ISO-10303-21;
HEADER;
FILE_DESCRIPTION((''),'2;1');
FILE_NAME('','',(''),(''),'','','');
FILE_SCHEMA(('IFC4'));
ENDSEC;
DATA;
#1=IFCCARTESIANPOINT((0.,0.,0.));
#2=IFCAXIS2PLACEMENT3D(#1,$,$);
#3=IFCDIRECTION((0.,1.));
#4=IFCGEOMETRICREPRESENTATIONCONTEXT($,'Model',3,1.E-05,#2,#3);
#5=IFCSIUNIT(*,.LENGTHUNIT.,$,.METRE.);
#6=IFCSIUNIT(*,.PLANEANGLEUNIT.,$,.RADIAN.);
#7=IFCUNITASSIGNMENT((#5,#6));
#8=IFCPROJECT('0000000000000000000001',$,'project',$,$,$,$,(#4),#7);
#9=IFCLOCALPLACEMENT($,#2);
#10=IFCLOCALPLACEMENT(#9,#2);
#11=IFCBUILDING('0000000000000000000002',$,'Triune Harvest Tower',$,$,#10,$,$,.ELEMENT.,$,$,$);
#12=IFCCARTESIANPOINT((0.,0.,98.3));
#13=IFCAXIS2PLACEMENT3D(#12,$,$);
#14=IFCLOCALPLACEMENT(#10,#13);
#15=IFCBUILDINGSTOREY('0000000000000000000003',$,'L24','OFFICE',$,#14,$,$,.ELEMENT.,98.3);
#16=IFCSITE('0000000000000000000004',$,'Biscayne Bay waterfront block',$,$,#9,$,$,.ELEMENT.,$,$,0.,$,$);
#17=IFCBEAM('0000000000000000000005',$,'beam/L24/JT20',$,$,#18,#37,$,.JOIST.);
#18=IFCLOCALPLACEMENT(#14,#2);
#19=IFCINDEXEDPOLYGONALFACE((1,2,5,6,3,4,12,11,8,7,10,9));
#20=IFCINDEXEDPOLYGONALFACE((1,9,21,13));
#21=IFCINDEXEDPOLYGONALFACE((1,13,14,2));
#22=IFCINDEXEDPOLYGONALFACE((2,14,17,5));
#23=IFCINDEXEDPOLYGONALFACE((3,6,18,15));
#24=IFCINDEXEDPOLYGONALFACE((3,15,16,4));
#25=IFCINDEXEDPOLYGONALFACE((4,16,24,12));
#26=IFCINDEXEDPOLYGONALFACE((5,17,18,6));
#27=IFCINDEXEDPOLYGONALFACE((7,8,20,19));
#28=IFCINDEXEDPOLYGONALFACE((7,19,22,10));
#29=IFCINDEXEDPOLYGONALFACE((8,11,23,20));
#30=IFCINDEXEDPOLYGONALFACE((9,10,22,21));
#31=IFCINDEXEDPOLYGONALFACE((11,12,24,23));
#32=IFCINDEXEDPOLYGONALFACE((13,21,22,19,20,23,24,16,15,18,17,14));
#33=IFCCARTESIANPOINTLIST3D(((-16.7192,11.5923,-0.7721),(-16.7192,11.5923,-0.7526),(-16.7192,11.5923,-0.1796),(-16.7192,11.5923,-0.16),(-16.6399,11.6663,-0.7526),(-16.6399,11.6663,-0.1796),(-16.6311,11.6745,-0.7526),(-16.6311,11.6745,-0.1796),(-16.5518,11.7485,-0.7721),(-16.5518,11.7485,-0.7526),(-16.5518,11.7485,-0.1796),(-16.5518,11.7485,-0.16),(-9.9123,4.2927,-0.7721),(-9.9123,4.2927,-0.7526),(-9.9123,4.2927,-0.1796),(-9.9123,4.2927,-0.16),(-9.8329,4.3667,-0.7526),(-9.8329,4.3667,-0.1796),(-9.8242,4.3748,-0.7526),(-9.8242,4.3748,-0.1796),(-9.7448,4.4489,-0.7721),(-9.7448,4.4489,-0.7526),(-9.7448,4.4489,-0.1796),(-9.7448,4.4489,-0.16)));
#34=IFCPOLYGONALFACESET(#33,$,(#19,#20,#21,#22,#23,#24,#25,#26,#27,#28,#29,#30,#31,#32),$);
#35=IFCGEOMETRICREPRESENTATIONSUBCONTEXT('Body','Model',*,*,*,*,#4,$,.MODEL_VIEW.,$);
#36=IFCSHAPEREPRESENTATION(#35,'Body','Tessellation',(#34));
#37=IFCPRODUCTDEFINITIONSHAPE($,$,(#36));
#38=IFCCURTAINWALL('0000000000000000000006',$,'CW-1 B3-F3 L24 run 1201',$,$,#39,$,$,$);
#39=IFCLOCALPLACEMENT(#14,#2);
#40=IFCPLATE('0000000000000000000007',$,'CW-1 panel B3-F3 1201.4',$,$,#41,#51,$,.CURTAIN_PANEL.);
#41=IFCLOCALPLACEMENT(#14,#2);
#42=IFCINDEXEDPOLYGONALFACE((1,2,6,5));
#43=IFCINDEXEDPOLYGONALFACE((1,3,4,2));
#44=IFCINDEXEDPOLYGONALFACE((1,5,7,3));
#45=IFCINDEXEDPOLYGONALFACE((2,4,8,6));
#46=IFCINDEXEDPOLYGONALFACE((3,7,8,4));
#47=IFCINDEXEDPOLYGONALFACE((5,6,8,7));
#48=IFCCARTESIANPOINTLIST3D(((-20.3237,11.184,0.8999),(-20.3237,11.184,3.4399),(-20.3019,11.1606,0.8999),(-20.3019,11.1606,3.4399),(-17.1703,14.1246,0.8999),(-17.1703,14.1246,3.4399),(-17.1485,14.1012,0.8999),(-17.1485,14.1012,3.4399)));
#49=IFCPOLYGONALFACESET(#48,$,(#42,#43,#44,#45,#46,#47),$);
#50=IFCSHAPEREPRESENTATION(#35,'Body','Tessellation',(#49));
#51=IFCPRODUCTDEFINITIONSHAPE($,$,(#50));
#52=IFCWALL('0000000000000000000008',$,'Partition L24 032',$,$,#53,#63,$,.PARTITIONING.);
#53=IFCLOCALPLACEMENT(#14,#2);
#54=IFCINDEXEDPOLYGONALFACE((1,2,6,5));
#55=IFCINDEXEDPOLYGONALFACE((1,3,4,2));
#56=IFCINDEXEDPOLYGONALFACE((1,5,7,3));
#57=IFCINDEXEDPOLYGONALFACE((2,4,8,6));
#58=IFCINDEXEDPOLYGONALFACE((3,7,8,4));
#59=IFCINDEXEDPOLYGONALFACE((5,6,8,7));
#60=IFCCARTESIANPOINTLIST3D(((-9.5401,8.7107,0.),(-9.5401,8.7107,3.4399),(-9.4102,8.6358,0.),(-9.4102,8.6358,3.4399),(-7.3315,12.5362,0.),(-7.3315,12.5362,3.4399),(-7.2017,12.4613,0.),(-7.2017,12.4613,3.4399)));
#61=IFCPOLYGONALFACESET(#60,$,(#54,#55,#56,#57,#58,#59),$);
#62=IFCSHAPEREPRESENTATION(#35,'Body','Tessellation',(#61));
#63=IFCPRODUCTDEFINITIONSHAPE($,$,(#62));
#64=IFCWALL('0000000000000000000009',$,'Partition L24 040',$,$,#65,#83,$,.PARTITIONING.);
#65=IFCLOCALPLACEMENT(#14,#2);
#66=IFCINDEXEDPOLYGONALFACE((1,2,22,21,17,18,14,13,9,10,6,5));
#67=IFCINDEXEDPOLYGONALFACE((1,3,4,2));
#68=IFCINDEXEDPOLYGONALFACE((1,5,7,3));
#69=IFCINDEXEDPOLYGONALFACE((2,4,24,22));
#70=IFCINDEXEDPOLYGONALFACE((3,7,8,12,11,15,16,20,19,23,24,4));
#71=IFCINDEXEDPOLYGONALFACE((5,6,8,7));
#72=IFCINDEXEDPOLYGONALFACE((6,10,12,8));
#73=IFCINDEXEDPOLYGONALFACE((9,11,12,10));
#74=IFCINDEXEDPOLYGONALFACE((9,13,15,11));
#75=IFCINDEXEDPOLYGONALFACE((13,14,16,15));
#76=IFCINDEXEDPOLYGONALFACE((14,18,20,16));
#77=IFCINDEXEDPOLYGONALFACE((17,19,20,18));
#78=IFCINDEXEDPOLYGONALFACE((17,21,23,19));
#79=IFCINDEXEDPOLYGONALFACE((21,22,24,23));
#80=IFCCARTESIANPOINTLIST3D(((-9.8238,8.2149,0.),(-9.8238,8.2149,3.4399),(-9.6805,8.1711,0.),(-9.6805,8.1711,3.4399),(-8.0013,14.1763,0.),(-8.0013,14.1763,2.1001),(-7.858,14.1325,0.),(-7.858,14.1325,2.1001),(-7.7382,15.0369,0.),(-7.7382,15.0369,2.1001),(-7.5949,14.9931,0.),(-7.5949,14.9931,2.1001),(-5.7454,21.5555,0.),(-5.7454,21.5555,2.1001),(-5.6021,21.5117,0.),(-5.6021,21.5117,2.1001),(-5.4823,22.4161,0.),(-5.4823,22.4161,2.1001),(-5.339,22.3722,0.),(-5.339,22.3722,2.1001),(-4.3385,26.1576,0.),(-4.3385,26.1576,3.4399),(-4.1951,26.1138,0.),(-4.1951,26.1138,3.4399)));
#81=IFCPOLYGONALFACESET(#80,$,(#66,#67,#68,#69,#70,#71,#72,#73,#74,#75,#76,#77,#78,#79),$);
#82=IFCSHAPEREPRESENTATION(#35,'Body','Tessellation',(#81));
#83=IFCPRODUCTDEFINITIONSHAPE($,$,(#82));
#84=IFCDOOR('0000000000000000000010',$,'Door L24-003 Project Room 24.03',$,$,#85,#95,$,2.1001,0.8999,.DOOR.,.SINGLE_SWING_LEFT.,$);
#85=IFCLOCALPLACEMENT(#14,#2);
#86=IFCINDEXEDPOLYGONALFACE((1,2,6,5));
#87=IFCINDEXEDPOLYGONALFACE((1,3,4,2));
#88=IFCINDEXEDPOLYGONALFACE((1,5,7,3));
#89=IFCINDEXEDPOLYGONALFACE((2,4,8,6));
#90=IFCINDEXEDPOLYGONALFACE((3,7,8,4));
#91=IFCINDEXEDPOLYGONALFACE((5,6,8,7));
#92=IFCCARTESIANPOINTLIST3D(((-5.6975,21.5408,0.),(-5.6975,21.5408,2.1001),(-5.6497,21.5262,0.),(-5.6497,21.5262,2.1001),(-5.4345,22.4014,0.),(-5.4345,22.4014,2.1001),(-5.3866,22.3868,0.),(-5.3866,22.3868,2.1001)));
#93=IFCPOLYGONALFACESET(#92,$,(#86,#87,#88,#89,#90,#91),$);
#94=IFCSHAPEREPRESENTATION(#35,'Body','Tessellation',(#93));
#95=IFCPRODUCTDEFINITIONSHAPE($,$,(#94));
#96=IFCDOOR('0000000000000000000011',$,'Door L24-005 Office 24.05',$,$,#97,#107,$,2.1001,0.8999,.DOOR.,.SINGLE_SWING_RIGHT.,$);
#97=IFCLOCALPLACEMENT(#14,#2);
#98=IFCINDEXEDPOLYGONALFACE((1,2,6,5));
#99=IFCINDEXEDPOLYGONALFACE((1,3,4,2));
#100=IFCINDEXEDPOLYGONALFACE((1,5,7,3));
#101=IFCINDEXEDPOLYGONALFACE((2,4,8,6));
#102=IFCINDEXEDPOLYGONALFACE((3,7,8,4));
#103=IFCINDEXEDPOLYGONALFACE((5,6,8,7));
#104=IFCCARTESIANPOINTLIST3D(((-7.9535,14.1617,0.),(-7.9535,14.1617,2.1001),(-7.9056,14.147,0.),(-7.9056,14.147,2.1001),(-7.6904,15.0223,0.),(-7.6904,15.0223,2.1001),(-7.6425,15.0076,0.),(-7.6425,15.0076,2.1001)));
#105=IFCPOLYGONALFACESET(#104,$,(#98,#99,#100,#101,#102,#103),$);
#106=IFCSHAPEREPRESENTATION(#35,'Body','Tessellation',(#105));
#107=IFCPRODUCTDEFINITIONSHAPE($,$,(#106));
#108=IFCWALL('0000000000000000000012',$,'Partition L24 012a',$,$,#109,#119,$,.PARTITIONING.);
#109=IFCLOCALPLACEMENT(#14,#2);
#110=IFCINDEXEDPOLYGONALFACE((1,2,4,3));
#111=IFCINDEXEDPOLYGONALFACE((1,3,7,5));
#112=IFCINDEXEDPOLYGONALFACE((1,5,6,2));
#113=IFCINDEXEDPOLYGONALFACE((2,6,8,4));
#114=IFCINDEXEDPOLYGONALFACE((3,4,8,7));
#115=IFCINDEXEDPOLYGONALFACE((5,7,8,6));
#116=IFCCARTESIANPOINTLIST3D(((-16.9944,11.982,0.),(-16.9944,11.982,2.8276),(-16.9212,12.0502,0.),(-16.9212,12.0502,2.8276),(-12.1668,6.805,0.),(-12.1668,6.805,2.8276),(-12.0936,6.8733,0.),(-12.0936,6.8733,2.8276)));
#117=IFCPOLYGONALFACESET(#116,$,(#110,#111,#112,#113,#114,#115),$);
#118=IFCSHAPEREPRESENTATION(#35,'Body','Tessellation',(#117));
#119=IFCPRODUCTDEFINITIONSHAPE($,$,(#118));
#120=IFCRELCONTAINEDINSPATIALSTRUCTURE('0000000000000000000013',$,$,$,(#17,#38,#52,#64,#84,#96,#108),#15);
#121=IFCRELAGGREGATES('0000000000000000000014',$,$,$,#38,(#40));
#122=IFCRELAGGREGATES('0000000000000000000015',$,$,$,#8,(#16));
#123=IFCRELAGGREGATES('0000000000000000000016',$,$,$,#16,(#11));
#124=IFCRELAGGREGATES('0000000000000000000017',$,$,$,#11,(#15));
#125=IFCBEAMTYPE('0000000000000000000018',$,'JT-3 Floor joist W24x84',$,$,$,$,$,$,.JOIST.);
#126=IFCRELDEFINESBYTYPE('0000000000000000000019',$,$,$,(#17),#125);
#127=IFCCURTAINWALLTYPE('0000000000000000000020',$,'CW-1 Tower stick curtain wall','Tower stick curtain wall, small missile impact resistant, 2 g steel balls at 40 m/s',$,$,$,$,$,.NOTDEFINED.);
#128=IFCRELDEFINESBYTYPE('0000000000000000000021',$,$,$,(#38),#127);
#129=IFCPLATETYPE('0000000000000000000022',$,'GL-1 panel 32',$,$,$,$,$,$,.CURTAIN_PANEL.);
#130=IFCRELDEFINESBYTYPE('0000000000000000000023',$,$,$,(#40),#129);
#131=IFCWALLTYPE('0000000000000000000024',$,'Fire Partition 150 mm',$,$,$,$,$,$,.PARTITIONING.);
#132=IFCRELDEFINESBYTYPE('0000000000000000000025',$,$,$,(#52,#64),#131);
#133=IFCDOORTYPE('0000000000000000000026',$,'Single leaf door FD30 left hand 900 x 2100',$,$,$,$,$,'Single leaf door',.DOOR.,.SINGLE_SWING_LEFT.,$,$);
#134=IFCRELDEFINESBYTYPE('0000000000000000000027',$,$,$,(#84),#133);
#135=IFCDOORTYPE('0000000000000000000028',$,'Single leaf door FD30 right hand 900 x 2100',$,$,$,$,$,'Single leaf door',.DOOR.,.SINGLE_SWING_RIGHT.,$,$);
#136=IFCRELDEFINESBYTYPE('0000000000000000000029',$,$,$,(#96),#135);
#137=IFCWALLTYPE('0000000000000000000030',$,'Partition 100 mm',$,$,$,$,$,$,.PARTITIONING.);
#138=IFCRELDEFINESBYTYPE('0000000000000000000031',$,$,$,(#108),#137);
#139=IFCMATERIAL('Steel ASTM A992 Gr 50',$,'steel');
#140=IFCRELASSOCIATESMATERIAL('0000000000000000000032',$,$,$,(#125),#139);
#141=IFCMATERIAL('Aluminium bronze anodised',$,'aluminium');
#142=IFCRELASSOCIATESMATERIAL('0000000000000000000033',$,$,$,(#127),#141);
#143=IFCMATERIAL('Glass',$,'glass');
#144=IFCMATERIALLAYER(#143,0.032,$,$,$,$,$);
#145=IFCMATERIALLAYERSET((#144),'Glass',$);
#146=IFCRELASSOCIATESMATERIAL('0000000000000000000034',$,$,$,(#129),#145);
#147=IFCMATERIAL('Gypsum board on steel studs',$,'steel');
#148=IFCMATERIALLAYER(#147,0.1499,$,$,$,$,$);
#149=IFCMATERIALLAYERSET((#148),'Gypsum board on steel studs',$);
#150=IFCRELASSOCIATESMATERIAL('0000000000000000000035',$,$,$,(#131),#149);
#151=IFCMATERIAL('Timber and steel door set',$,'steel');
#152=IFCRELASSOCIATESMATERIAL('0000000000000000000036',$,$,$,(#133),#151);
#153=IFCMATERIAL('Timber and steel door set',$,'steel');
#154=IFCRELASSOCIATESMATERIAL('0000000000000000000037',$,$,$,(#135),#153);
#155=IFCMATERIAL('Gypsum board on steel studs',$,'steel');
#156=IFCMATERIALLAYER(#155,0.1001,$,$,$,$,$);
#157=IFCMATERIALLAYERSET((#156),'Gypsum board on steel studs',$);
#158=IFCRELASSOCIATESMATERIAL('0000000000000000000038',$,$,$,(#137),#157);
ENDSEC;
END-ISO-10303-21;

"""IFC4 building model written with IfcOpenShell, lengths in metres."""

from ifc_helpers import new_model, si_unit, direction, frame, frame_2d, origin, origin_2d, place, context, subcontext, project, spatial, rectangle, i_section, extrude, source, transform, mapped, material, layer, layer_set, material_profile, profile_set, type_object, element, fill, aggregate, save


model = new_model("IFC4")

# Units and contexts
model_context = context("Model", 3, precision=1e-05, world=origin(), true_north=direction((0.0, 1.0)))
body_context = subcontext(model_context, "Body", "Model", "MODEL_VIEW")
ifc_project = project(units=[si_unit("LENGTHUNIT", "METRE"), si_unit("PLANEANGLEUNIT", "RADIAN")], contexts=[model_context])

# Site, building, storey
site_placement = place(None, origin())
site = spatial("IfcSite", under=ifc_project, at=site_placement, Name="Biscayne Bay waterfront block", CompositionType="ELEMENT", RefElevation=0.0)
building_placement = place(site_placement, origin())
building = spatial("IfcBuilding", under=site, at=building_placement, Name="Triune Harvest Tower", CompositionType="ELEMENT")
storey_placement = place(building_placement, frame((0.0, 0.0, 98.3)))
storey = spatial("IfcBuildingStorey", under=building, at=storey_placement, Name="L24", Description="OFFICE", CompositionType="ELEMENT", Elevation=98.3)

# Beam
ifc_material_1 = material(Name="Steel ASTM A992 Gr 50", Category="steel")
ifc_material_profile = material_profile(ifc_material_1, i_section(OverallWidth=0.229, OverallDepth=0.6121, WebThickness=0.012, FlangeThickness=0.0195, at=origin_2d()), Name="W24x84")
ifc_profile_set = profile_set([ifc_material_profile], Name="Steel ASTM A992 Gr 50")
beam_type = type_object("IfcBeamType", Name="JT-3 Floor joist W24x84", PredefinedType="JOIST", material=ifc_profile_set)
shared_shape_1 = source(origin(), body_context, "Body", "SweptSolid", [
    extrude(i_section(OverallWidth=0.229, OverallDepth=0.6121, WebThickness=0.012, FlangeThickness=0.0195, at=origin_2d()), origin(), (0.0, 0.0, 1.0), 9.981),
])
beam_placement = place(storey_placement, frame((-16.6355, 11.6704, -0.4661), z_axis=(0.681995, -0.731357, 0.0), x_axis=(0.731357, 0.681995, 0.0)))
element("IfcBeam", 1, at=beam_placement, inside=storey, type_object=beam_type, Name="beam/L24/JT20", PredefinedType="JOIST", context=body_context, shape_type="MappedRepresentation", body=[
    mapped(shared_shape_1, transform((0.0, 0.0, 0.0), scale=1.0)),
])

# Curtain wall, plate
ifc_material_2 = material(Name="Aluminium bronze anodised", Category="aluminium")
curtain_wall_type = type_object("IfcCurtainWallType", Name="CW-1 Tower stick curtain wall", Description="Tower stick curtain wall, small missile impact resistant, 2 g steel balls at 40 m/s", PredefinedType="NOTDEFINED", material=ifc_material_2)
curtain_wall_placement = place(storey_placement, origin())
curtain_wall = element("IfcCurtainWall", 2, at=curtain_wall_placement, inside=storey, type_object=curtain_wall_type, Name="CW-1 B3-F3 L24 run 1201")
ifc_material_3 = material(Name="Glass", Category="glass")
ifc_layer_1 = layer(ifc_material_3, 0.032)
ifc_layer_set_1 = layer_set([ifc_layer_1], Name="Glass")
plate_type = type_object("IfcPlateType", Name="GL-1 panel 32", PredefinedType="CURTAIN_PANEL", material=ifc_layer_set_1)
shared_shape_2 = source(origin(), body_context, "Body", "SweptSolid", [
    extrude(rectangle(XDim=4.3118, YDim=0.032, at=origin_2d()), origin(), (0.0, 0.0, 1.0), 2.54),
])
plate_placement = place(storey_placement, frame((-18.7361, 12.6426, 0.8999), z_axis=(0.0, 0.0, 1.0), x_axis=(-0.731355, -0.681997, 0.0)))
plate = element("IfcPlate", 3, at=plate_placement, type_object=plate_type, Name="CW-1 panel B3-F3 1201.4", PredefinedType="CURTAIN_PANEL", context=body_context, shape_type="MappedRepresentation", body=[
    mapped(shared_shape_2, transform((0.0, 0.0, 0.0), scale=1.0)),
])
aggregate(curtain_wall, [plate])

# Wall
ifc_material_4 = material(Name="Gypsum board on steel studs", Category="steel")
ifc_layer_2 = layer(ifc_material_4, 0.1499)
ifc_layer_set_2 = layer_set([ifc_layer_2], Name="Gypsum board on steel studs")
wall_type_1 = type_object("IfcWallType", Name="Fire Partition 150 mm", PredefinedType="PARTITIONING", material=ifc_layer_set_2)
wall_1_placement = place(storey_placement, frame((-9.4751, 8.6733, 0.0), z_axis=(0.0, 0.0, 1.0), x_axis=(0.499979, 0.866037, 0.0)))
element("IfcWall", 4, at=wall_1_placement, inside=storey, type_object=wall_type_1, Name="Partition L24 032", PredefinedType="PARTITIONING", context=body_context, shape_type="SweptSolid", body=[
    extrude(rectangle(XDim=4.4172, YDim=0.1499, at=frame_2d((2.2085, 0.0))), origin(), (0.0, 0.0, 1.0), 3.4399),
])

# Wall, openings, doors
wall_2_placement = place(storey_placement, frame((-9.7522, 8.1929, 0.0), z_axis=(0.0, 0.0, 1.0), x_axis=(0.292359, 0.956309, 0.0)))
wall_2 = element("IfcWall", 5, at=wall_2_placement, inside=storey, type_object=wall_type_1, Name="Partition L24 040", PredefinedType="PARTITIONING", context=body_context, shape_type="SweptSolid", body=[
    extrude(rectangle(XDim=18.7625, YDim=0.1499, at=frame_2d((9.3813, 0.0))), origin(), (0.0, 0.0, 1.0), 3.4399),
])
opening_1_placement = place(wall_2_placement, frame((13.9502, 0.0, 0.0)))
opening_1 = element("IfcOpeningElement", 6, at=opening_1_placement, cuts=wall_2, PredefinedType="OPENING", context=body_context, shape_type="SweptSolid", body=[
    extrude(rectangle(XDim=0.8999, YDim=2.1001, at=frame_2d((0.45, 1.05))), frame((0.0, 0.085, 0.0), z_axis=(0.0, -1.0, 0.0), x_axis=(1.0, 0.0, 0.0)), (0.0, 0.0, 1.0), 0.1699),
])
opening_2_placement = place(wall_2_placement, frame((6.2339, 0.0, 0.0)))
opening_2 = element("IfcOpeningElement", 7, at=opening_2_placement, cuts=wall_2, PredefinedType="OPENING", context=body_context, shape_type="SweptSolid", body=[
    extrude(rectangle(XDim=0.8999, YDim=2.1001, at=frame_2d((0.45, 1.05))), frame((0.0, 0.085, 0.0), z_axis=(0.0, -1.0, 0.0), x_axis=(1.0, 0.0, 0.0)), (0.0, 0.0, 1.0), 0.1699),
])
ifc_material_5 = material(Name="Timber and steel door set", Category="steel")
door_type_1 = type_object("IfcDoorType", Name="Single leaf door FD30 left hand 900 x 2100", ElementType="Single leaf door", OperationType="SINGLE_SWING_LEFT", PredefinedType="DOOR", material=ifc_material_5)
door_1_placement = place(opening_1_placement, origin())
door_1 = element("IfcDoor", 8, at=door_1_placement, inside=storey, type_object=door_type_1, Name="Door L24-003 Project Room 24.03", OperationType="SINGLE_SWING_LEFT", OverallHeight=2.1001, OverallWidth=0.8999, PredefinedType="DOOR", context=body_context, shape_type="SweptSolid", body=[
    extrude(rectangle(XDim=0.8999, YDim=2.1001, at=frame_2d((0.45, 1.05))), frame((0.0, 0.0249, 0.0), z_axis=(0.0, -1.0, 0.0), x_axis=(1.0, 0.0, 0.0)), (0.0, 0.0, 1.0), 0.05),
])
fill(opening_1, door_1)
ifc_material_6 = material(Name="Timber and steel door set", Category="steel")
door_type_2 = type_object("IfcDoorType", Name="Single leaf door FD30 right hand 900 x 2100", ElementType="Single leaf door", OperationType="SINGLE_SWING_RIGHT", PredefinedType="DOOR", material=ifc_material_6)
door_2_placement = place(opening_2_placement, origin())
door_2 = element("IfcDoor", 9, at=door_2_placement, inside=storey, type_object=door_type_2, Name="Door L24-005 Office 24.05", OperationType="SINGLE_SWING_RIGHT", OverallHeight=2.1001, OverallWidth=0.8999, PredefinedType="DOOR", context=body_context, shape_type="SweptSolid", body=[
    extrude(rectangle(XDim=0.8999, YDim=2.1001, at=frame_2d((0.45, 1.05))), frame((0.0, 0.0249, 0.0), z_axis=(0.0, -1.0, 0.0), x_axis=(1.0, 0.0, 0.0)), (0.0, 0.0, 1.0), 0.05),
])
fill(opening_2, door_2)

# Wall
ifc_material_7 = material(Name="Gypsum board on steel studs", Category="steel")
ifc_layer_3 = layer(ifc_material_7, 0.1001)
ifc_layer_set_3 = layer_set([ifc_layer_3], Name="Gypsum board on steel studs")
wall_type_2 = type_object("IfcWallType", Name="Partition 100 mm", PredefinedType="PARTITIONING", material=ifc_layer_set_3)
wall_3_placement = place(storey_placement, frame((-16.9578, 12.0161, 0.0), z_axis=(0.0, 0.0, 1.0), x_axis=(0.681999, -0.731353, 0.0)))
element("IfcWall", 10, at=wall_3_placement, inside=storey, type_object=wall_type_2, Name="Partition L24 012a", PredefinedType="PARTITIONING", context=body_context, shape_type="SweptSolid", body=[
    extrude(rectangle(XDim=7.0786, YDim=0.1001, at=frame_2d((3.5393, 0.0))), origin(), (0.0, 0.0, 1.0), 2.8276),
])

save(model, "model.ifc")
